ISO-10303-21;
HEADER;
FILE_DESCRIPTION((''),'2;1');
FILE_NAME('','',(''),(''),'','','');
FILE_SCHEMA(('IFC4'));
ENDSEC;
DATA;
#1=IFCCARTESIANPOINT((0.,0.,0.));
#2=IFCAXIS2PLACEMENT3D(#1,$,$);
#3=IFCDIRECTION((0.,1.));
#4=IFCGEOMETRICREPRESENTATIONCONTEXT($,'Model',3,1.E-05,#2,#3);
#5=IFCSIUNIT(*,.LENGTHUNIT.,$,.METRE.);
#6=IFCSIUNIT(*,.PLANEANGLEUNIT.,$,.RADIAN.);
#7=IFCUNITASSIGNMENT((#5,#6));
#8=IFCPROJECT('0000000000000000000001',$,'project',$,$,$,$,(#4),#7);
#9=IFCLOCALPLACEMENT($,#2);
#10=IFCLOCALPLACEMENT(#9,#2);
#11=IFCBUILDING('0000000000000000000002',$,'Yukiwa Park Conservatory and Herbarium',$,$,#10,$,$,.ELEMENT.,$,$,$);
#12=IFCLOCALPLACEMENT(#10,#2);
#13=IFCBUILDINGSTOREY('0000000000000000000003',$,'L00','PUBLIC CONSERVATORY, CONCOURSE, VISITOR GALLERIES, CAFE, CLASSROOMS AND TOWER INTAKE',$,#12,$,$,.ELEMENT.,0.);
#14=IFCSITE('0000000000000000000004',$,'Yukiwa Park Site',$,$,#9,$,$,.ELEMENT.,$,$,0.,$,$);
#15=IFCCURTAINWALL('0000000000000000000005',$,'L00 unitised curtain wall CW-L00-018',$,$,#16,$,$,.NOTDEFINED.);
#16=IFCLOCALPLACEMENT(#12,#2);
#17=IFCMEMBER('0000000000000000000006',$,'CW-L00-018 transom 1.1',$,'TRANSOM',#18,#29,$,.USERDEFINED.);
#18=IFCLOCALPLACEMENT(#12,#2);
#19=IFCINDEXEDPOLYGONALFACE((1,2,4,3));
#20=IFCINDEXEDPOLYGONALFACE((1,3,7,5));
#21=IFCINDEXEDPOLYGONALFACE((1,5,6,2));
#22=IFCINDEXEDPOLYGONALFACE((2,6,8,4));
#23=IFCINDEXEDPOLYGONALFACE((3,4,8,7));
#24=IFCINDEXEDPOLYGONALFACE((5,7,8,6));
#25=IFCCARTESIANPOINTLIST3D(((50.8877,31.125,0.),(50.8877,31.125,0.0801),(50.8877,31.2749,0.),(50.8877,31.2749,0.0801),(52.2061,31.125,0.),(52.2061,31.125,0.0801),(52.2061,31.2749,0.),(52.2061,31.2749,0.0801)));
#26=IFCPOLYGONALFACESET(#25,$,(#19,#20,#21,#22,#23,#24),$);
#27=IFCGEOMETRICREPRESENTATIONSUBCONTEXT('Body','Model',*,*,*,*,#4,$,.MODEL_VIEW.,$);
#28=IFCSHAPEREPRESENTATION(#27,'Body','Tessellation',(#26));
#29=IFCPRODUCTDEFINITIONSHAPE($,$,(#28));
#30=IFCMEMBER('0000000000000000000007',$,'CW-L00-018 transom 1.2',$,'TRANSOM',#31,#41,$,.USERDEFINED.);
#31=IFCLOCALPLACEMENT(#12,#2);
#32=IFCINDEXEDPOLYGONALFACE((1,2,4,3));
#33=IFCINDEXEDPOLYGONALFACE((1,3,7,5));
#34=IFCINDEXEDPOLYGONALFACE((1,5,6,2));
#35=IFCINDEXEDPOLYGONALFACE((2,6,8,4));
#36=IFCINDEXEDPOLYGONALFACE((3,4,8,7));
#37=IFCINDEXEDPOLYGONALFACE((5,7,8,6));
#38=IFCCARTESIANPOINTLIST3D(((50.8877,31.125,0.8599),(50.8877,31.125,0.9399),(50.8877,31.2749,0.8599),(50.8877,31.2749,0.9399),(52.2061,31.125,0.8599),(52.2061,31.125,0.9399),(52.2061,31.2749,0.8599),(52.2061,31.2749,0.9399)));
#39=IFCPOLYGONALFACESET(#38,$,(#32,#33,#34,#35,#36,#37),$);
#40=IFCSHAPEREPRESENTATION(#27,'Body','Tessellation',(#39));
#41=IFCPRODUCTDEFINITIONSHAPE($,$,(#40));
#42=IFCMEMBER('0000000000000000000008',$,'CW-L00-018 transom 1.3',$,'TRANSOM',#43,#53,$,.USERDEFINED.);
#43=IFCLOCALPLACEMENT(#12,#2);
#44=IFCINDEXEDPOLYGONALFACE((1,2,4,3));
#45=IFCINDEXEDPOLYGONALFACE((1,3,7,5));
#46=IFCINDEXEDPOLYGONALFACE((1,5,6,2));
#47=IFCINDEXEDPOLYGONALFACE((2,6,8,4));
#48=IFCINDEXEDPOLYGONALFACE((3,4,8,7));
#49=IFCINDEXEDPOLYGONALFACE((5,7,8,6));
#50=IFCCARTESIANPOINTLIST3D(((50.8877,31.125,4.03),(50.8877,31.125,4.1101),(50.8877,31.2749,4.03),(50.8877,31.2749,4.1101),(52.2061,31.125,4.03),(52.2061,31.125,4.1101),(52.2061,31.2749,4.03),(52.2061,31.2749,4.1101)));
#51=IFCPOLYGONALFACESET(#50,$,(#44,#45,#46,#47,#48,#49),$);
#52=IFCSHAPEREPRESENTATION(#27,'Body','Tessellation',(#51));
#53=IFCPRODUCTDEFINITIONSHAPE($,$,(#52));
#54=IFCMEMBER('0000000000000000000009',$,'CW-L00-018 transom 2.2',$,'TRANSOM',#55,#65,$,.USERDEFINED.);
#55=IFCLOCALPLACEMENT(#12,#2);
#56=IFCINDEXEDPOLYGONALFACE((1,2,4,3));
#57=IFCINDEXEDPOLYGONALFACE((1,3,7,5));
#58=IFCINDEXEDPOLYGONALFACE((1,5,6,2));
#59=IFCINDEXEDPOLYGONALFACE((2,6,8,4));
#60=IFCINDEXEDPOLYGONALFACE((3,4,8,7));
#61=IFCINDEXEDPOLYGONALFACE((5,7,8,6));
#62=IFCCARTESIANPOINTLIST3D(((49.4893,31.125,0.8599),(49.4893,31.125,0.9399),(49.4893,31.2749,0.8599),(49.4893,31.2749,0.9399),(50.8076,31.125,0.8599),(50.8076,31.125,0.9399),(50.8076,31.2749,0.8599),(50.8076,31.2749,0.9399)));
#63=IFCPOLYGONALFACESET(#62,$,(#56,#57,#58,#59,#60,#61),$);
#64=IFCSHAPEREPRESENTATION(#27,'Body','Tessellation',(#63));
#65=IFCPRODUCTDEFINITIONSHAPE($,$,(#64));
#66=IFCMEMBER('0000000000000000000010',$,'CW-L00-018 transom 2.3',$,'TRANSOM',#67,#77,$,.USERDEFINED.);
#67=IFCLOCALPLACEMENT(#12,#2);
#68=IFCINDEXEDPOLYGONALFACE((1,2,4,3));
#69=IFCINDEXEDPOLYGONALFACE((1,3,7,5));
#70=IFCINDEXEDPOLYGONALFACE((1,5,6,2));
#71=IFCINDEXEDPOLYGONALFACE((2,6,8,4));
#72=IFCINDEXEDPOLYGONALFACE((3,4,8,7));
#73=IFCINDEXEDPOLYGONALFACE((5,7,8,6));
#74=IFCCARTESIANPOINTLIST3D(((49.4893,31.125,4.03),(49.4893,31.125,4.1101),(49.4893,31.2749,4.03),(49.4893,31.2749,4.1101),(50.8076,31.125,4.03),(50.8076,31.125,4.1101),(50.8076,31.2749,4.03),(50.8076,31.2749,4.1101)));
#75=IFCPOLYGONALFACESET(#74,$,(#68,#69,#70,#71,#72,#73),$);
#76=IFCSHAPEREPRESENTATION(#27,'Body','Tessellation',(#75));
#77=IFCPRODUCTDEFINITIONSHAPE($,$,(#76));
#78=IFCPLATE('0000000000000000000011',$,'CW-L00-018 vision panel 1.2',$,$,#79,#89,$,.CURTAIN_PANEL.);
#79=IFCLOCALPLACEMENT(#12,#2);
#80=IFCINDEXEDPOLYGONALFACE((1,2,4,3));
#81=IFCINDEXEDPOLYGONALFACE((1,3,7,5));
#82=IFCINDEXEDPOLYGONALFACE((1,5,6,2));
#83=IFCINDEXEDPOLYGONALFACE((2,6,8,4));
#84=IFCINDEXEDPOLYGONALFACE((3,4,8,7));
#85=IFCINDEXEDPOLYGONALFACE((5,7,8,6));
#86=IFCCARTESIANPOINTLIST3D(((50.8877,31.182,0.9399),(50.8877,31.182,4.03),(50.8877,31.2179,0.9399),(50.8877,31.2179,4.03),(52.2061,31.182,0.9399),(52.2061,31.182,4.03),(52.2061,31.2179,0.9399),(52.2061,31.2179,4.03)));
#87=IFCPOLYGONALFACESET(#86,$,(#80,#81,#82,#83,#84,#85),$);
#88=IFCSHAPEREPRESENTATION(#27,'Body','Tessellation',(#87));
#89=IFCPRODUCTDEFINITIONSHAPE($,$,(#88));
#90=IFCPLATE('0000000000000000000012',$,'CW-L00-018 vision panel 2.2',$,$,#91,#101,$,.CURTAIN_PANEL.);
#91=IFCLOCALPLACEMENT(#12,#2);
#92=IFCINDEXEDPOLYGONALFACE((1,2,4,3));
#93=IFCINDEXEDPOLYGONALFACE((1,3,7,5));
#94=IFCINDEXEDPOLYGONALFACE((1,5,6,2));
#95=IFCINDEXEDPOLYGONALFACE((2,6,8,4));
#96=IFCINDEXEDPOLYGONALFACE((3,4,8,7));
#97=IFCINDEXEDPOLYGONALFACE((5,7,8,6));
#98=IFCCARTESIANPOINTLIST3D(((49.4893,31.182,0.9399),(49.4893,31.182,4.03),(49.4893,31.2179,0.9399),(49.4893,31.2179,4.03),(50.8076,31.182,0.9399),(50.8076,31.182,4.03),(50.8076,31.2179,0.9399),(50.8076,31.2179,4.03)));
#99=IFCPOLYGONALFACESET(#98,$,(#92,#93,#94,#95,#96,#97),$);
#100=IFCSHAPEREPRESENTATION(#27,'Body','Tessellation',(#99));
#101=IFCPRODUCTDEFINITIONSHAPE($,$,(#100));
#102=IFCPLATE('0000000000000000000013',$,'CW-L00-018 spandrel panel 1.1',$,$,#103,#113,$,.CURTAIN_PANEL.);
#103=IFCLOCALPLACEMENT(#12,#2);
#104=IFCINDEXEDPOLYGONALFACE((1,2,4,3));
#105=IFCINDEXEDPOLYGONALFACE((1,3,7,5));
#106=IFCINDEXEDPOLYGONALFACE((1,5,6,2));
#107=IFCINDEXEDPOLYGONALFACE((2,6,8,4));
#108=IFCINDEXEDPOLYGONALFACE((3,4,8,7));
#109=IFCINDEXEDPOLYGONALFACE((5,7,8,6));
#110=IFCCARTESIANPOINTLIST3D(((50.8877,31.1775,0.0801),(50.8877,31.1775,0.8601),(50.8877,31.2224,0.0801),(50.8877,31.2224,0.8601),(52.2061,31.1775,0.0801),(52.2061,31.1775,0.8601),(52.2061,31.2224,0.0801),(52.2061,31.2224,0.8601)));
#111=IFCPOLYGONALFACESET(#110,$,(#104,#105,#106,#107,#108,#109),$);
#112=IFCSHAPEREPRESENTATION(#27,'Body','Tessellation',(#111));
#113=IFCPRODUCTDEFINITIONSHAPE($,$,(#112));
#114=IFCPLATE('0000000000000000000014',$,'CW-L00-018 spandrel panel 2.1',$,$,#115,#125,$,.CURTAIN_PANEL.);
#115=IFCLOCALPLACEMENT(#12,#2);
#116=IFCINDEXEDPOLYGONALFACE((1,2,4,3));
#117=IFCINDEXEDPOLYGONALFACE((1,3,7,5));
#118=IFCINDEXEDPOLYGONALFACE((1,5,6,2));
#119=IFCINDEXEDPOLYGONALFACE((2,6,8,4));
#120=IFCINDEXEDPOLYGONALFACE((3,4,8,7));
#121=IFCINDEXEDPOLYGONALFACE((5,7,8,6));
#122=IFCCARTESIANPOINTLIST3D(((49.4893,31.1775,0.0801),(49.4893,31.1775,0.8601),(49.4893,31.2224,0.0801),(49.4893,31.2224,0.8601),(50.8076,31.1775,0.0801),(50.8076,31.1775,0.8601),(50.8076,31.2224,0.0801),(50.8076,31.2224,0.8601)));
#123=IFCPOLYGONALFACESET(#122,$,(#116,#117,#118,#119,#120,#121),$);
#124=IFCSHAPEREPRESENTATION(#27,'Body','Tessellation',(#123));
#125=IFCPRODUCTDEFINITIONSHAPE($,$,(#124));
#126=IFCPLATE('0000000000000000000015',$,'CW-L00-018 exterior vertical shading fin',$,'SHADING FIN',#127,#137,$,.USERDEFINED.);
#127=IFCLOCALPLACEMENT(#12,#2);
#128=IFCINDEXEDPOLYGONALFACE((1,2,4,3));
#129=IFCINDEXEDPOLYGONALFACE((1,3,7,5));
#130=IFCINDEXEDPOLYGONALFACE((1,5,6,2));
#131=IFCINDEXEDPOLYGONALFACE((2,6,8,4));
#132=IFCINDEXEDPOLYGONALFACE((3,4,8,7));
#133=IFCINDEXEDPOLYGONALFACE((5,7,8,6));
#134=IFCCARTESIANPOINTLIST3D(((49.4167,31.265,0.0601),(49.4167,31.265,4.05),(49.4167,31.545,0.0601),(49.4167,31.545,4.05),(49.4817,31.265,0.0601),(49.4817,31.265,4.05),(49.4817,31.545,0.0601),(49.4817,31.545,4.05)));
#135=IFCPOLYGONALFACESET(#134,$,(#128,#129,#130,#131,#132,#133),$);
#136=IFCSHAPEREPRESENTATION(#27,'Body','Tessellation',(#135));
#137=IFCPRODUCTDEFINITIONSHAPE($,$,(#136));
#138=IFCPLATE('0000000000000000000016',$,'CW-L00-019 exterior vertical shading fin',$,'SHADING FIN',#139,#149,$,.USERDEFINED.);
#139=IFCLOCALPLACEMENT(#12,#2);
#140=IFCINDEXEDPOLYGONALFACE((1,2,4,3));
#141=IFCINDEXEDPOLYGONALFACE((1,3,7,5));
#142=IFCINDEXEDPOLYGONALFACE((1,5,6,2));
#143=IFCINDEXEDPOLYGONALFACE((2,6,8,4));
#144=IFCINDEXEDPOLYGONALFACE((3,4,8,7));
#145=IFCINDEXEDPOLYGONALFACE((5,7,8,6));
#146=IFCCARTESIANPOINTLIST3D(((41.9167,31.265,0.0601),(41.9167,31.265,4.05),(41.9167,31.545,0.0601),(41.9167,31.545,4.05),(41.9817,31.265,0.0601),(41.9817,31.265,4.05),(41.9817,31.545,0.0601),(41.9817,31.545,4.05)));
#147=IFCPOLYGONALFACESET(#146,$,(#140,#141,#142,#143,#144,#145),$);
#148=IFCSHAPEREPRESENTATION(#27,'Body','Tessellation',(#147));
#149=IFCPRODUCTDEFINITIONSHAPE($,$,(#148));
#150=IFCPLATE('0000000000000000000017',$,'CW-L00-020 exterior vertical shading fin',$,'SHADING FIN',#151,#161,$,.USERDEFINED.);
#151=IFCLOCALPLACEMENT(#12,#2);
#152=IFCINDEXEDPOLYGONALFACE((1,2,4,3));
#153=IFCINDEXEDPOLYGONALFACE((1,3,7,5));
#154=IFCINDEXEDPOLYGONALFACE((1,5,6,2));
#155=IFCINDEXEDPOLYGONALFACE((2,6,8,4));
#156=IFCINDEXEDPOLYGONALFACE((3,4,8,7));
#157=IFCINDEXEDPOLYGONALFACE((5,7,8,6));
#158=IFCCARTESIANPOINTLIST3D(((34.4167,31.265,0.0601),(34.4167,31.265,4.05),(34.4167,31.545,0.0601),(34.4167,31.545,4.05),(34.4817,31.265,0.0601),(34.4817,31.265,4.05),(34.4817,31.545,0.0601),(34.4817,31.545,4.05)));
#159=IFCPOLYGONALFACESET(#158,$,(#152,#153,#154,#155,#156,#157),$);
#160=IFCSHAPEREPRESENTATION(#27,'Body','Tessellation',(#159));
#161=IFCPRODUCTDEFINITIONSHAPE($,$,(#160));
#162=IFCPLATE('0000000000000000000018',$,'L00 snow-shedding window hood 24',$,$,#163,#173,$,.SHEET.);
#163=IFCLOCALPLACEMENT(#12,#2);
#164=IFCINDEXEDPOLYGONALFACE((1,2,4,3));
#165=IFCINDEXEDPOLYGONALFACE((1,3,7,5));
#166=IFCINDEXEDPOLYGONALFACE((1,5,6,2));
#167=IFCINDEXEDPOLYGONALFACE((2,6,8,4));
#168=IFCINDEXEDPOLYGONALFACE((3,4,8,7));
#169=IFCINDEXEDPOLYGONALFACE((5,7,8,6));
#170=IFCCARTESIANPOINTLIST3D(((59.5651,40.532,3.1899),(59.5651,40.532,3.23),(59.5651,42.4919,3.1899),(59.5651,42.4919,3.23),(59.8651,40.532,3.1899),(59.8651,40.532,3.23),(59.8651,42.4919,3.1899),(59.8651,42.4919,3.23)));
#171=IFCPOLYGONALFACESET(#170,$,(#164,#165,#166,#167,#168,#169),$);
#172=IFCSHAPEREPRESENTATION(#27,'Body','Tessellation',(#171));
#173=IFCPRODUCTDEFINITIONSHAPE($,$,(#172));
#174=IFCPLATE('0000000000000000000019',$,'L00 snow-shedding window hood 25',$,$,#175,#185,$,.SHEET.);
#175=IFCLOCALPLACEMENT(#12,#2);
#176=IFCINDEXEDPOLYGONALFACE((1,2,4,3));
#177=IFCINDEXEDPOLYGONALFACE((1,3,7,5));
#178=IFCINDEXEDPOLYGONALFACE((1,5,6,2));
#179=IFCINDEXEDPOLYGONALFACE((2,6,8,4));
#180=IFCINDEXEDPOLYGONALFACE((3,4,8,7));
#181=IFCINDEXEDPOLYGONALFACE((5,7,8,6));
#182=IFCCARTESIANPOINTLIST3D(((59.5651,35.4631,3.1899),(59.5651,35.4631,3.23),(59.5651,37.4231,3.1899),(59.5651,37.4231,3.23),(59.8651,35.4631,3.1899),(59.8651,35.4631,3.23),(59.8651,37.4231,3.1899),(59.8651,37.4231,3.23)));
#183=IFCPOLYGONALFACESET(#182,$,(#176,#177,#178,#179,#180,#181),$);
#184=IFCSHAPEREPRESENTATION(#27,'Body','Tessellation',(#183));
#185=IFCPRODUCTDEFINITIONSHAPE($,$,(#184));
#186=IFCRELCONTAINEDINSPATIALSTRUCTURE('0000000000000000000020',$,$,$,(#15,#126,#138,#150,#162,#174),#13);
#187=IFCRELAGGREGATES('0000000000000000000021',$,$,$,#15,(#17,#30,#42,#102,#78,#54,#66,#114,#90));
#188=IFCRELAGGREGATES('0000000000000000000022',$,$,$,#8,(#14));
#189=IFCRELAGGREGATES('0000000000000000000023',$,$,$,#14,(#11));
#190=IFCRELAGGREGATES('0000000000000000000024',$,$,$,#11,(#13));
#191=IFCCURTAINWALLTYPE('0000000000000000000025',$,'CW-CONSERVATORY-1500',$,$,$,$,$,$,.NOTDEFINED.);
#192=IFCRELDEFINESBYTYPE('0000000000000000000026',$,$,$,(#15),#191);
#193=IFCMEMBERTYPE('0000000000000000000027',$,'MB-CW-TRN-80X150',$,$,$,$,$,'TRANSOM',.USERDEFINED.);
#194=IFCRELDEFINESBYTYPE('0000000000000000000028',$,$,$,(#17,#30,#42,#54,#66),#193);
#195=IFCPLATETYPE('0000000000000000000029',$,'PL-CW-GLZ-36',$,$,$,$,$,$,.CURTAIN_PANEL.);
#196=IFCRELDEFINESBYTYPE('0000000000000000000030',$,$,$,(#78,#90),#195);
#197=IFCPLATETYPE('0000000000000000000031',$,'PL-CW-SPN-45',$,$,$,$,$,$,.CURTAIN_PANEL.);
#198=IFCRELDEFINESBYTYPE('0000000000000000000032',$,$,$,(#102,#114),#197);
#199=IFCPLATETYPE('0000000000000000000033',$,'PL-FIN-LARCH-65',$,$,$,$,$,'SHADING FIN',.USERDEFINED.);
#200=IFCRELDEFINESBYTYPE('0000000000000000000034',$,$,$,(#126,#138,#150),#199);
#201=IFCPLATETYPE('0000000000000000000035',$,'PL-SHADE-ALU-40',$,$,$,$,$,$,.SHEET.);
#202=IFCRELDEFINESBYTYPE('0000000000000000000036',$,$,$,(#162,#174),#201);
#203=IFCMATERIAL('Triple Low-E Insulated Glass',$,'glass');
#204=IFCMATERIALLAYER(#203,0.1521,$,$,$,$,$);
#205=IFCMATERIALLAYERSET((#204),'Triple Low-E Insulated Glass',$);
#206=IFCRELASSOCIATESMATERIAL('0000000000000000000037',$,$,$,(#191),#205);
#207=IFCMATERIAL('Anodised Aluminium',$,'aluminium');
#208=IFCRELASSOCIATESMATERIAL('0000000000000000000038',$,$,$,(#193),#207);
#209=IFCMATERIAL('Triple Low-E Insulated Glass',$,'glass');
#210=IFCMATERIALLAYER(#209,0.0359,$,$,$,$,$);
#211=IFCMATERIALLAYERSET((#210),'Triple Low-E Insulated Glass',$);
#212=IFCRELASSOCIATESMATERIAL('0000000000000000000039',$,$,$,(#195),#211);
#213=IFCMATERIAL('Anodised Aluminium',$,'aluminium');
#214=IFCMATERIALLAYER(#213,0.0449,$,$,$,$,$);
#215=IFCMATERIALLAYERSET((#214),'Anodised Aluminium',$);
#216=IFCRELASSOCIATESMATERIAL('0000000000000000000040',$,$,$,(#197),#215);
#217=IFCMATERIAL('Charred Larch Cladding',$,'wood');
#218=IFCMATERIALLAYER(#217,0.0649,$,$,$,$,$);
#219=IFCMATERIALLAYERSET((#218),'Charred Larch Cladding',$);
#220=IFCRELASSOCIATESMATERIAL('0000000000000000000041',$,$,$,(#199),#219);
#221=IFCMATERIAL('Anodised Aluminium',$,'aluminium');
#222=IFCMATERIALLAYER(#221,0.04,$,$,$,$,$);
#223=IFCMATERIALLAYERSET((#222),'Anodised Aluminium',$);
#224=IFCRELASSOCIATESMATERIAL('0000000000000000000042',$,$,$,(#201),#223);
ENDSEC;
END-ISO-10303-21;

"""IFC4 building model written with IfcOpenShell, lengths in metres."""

from ifc_helpers import new_model, si_unit, direction, frame, origin, origin_2d, place, context, subcontext, project, spatial, rectangle, extrude, material, layer, layer_set, type_object, element, aggregate, save


model = new_model("IFC4")

# Units and contexts
model_context = context("Model", 3, precision=1e-05, world=origin(), true_north=direction((0.0, 1.0)))
body_context = subcontext(model_context, "Body", "Model", "MODEL_VIEW")
ifc_project = project(units=[si_unit("LENGTHUNIT", "METRE"), si_unit("PLANEANGLEUNIT", "RADIAN")], contexts=[model_context])

# Site, building, storey
site_placement = place(None, origin())
site = spatial("IfcSite", under=ifc_project, at=site_placement, Name="Yukiwa Park Site", CompositionType="ELEMENT", RefElevation=0.0)
building_placement = place(site_placement, origin())
building = spatial("IfcBuilding", under=site, at=building_placement, Name="Yukiwa Park Conservatory and Herbarium", CompositionType="ELEMENT")
storey_placement = place(building_placement, origin())
storey = spatial("IfcBuildingStorey", under=building, at=storey_placement, Name="L00", Description="PUBLIC CONSERVATORY, CONCOURSE, VISITOR GALLERIES, CAFE, CLASSROOMS AND TOWER INTAKE", CompositionType="ELEMENT", Elevation=0.0)

# Curtain wall
ifc_material_1 = material(Name="Triple Low-E Insulated Glass", Category="glass")
ifc_layer_1 = layer(ifc_material_1, 0.1521)
ifc_layer_set_1 = layer_set([ifc_layer_1], Name="Triple Low-E Insulated Glass")
curtain_wall_type_1 = type_object("IfcCurtainWallType", Name="CW-CONSERVATORY-1500", PredefinedType="NOTDEFINED", material=ifc_layer_set_1)
curtain_wall_1_placement = place(storey_placement, origin())
curtain_wall_1 = element("IfcCurtainWall", 1, at=curtain_wall_1_placement, inside=storey, type_object=curtain_wall_type_1, Name="L00 unitised curtain wall CW-L00-018", PredefinedType="NOTDEFINED")

# Members
ifc_material_2 = material(Name="Anodised Aluminium", Category="aluminium")
member_type_1 = type_object("IfcMemberType", Name="MB-CW-TRN-80X150", ElementType="TRANSOM", PredefinedType="USERDEFINED", material=ifc_material_2)
member_1_placement = place(storey_placement, frame((51.5469, 31.2, 0.0), z_axis=(0.0, 0.0, 1.0), x_axis=(-1.0, 0.0, 0.0)))
member_1 = element("IfcMember", 2, at=member_1_placement, type_object=member_type_1, Name="CW-L00-018 transom 1.1", ObjectType="TRANSOM", PredefinedType="USERDEFINED", context=body_context, shape_type="SweptSolid", body=[
    extrude(rectangle(XDim=1.3184, YDim=0.1499, at=origin_2d()), origin(), (0.0, 0.0, 1.0), 0.0801),
])
member_2_placement = place(storey_placement, frame((51.5469, 31.2, 0.8599), z_axis=(0.0, 0.0, 1.0), x_axis=(-1.0, 0.0, 0.0)))
member_2 = element("IfcMember", 3, at=member_2_placement, type_object=member_type_1, Name="CW-L00-018 transom 1.2", ObjectType="TRANSOM", PredefinedType="USERDEFINED", context=body_context, shape_type="SweptSolid", body=[
    extrude(rectangle(XDim=1.3184, YDim=0.1499, at=origin_2d()), origin(), (0.0, 0.0, 1.0), 0.0801),
])
member_3_placement = place(storey_placement, frame((51.5469, 31.2, 4.03), z_axis=(0.0, 0.0, 1.0), x_axis=(-1.0, 0.0, 0.0)))
member_3 = element("IfcMember", 4, at=member_3_placement, type_object=member_type_1, Name="CW-L00-018 transom 1.3", ObjectType="TRANSOM", PredefinedType="USERDEFINED", context=body_context, shape_type="SweptSolid", body=[
    extrude(rectangle(XDim=1.3184, YDim=0.1499, at=origin_2d()), origin(), (0.0, 0.0, 1.0), 0.0801),
])
member_4_placement = place(storey_placement, frame((50.1484, 31.2, 0.8599), z_axis=(0.0, 0.0, 1.0), x_axis=(-1.0, 0.0, 0.0)))
member_4 = element("IfcMember", 5, at=member_4_placement, type_object=member_type_1, Name="CW-L00-018 transom 2.2", ObjectType="TRANSOM", PredefinedType="USERDEFINED", context=body_context, shape_type="SweptSolid", body=[
    extrude(rectangle(XDim=1.3184, YDim=0.1499, at=origin_2d()), origin(), (0.0, 0.0, 1.0), 0.0801),
])
member_5_placement = place(storey_placement, frame((50.1484, 31.2, 4.03), z_axis=(0.0, 0.0, 1.0), x_axis=(-1.0, 0.0, 0.0)))
member_5 = element("IfcMember", 6, at=member_5_placement, type_object=member_type_1, Name="CW-L00-018 transom 2.3", ObjectType="TRANSOM", PredefinedType="USERDEFINED", context=body_context, shape_type="SweptSolid", body=[
    extrude(rectangle(XDim=1.3184, YDim=0.1499, at=origin_2d()), origin(), (0.0, 0.0, 1.0), 0.0801),
])

# Plates
ifc_material_3 = material(Name="Triple Low-E Insulated Glass", Category="glass")
ifc_layer_2 = layer(ifc_material_3, 0.0359)
ifc_layer_set_2 = layer_set([ifc_layer_2], Name="Triple Low-E Insulated Glass")
plate_type_1 = type_object("IfcPlateType", Name="PL-CW-GLZ-36", PredefinedType="CURTAIN_PANEL", material=ifc_layer_set_2)
plate_1_placement = place(storey_placement, frame((51.5469, 31.2, 0.9399), z_axis=(0.0, 0.0, 1.0), x_axis=(-1.0, 0.0, 0.0)))
plate_1 = element("IfcPlate", 7, at=plate_1_placement, type_object=plate_type_1, Name="CW-L00-018 vision panel 1.2", PredefinedType="CURTAIN_PANEL", context=body_context, shape_type="SweptSolid", body=[
    extrude(rectangle(XDim=1.3184, YDim=0.0359, at=origin_2d()), origin(), (0.0, 0.0, 1.0), 3.0901),
])
plate_2_placement = place(storey_placement, frame((50.1484, 31.2, 0.9399), z_axis=(0.0, 0.0, 1.0), x_axis=(-1.0, 0.0, 0.0)))
plate_2 = element("IfcPlate", 8, at=plate_2_placement, type_object=plate_type_1, Name="CW-L00-018 vision panel 2.2", PredefinedType="CURTAIN_PANEL", context=body_context, shape_type="SweptSolid", body=[
    extrude(rectangle(XDim=1.3184, YDim=0.0359, at=origin_2d()), origin(), (0.0, 0.0, 1.0), 3.0901),
])
ifc_material_4 = material(Name="Anodised Aluminium", Category="aluminium")
ifc_layer_3 = layer(ifc_material_4, 0.0449)
ifc_layer_set_3 = layer_set([ifc_layer_3], Name="Anodised Aluminium")
plate_type_2 = type_object("IfcPlateType", Name="PL-CW-SPN-45", PredefinedType="CURTAIN_PANEL", material=ifc_layer_set_3)
plate_3_placement = place(storey_placement, frame((51.5469, 31.2, 0.0801), z_axis=(0.0, 0.0, 1.0), x_axis=(-1.0, 0.0, 0.0)))
plate_3 = element("IfcPlate", 9, at=plate_3_placement, type_object=plate_type_2, Name="CW-L00-018 spandrel panel 1.1", PredefinedType="CURTAIN_PANEL", context=body_context, shape_type="SweptSolid", body=[
    extrude(rectangle(XDim=1.3184, YDim=0.0449, at=origin_2d()), origin(), (0.0, 0.0, 1.0), 0.78),
])
plate_4_placement = place(storey_placement, frame((50.1484, 31.2, 0.0801), z_axis=(0.0, 0.0, 1.0), x_axis=(-1.0, 0.0, 0.0)))
plate_4 = element("IfcPlate", 10, at=plate_4_placement, type_object=plate_type_2, Name="CW-L00-018 spandrel panel 2.1", PredefinedType="CURTAIN_PANEL", context=body_context, shape_type="SweptSolid", body=[
    extrude(rectangle(XDim=1.3184, YDim=0.0449, at=origin_2d()), origin(), (0.0, 0.0, 1.0), 0.78),
])
aggregate(curtain_wall_1, [member_1, member_2, member_3, plate_3, plate_1, member_4, member_5, plate_4, plate_2])

# Plates
ifc_material_5 = material(Name="Charred Larch Cladding", Category="wood")
ifc_layer_4 = layer(ifc_material_5, 0.0649)
ifc_layer_set_4 = layer_set([ifc_layer_4], Name="Charred Larch Cladding")
plate_type_3 = type_object("IfcPlateType", Name="PL-FIN-LARCH-65", ElementType="SHADING FIN", PredefinedType="USERDEFINED", material=ifc_layer_set_4)
for number, where, z_axis, x_axis, name in (
    (11, (49.4492, 31.405, 0.0601), (0.0, 0.0, 1.0), (-1.0, 0.0, 0.0), "CW-L00-018 exterior vertical shading fin"),
    (12, (41.9492, 31.405, 0.0601), (0.0, 0.0, 1.0), (-1.0, 0.0, 0.0), "CW-L00-019 exterior vertical shading fin"),
    (13, (34.4492, 31.405, 0.0601), (0.0, 0.0, 1.0), (-1.0, 0.0, 0.0), "CW-L00-020 exterior vertical shading fin"),
):
    element("IfcPlate", number, at=place(storey_placement, frame(where, z_axis=z_axis, x_axis=x_axis)), inside=storey, type_object=plate_type_3, Name=name, ObjectType="SHADING FIN", PredefinedType="USERDEFINED", context=body_context, shape_type="SweptSolid", body=[
        extrude(rectangle(XDim=0.0649, YDim=0.28, at=origin_2d()), origin(), (0.0, 0.0, 1.0), 3.99),
    ])
ifc_material_6 = material(Name="Anodised Aluminium", Category="aluminium")
ifc_layer_5 = layer(ifc_material_6, 0.04)
ifc_layer_set_5 = layer_set([ifc_layer_5], Name="Anodised Aluminium")
plate_type_4 = type_object("IfcPlateType", Name="PL-SHADE-ALU-40", PredefinedType="SHEET", material=ifc_layer_set_5)
for number, where, z_axis, x_axis, name in (
    (14, (59.7151, 41.512, 3.1899), (0.0, 0.0, 1.0), (0.0, -1.0, 0.0), "L00 snow-shedding window hood 24"),
    (15, (59.7151, 36.4431, 3.1899), (0.0, 0.0, 1.0), (0.0, -1.0, 0.0), "L00 snow-shedding window hood 25"),
):
    element("IfcPlate", number, at=place(storey_placement, frame(where, z_axis=z_axis, x_axis=x_axis)), inside=storey, type_object=plate_type_4, Name=name, PredefinedType="SHEET", context=body_context, shape_type="SweptSolid", body=[
        extrude(rectangle(XDim=1.96, YDim=0.3, at=origin_2d()), origin(), (0.0, 0.0, 1.0), 0.04),
    ])

save(model, "model.ifc")
